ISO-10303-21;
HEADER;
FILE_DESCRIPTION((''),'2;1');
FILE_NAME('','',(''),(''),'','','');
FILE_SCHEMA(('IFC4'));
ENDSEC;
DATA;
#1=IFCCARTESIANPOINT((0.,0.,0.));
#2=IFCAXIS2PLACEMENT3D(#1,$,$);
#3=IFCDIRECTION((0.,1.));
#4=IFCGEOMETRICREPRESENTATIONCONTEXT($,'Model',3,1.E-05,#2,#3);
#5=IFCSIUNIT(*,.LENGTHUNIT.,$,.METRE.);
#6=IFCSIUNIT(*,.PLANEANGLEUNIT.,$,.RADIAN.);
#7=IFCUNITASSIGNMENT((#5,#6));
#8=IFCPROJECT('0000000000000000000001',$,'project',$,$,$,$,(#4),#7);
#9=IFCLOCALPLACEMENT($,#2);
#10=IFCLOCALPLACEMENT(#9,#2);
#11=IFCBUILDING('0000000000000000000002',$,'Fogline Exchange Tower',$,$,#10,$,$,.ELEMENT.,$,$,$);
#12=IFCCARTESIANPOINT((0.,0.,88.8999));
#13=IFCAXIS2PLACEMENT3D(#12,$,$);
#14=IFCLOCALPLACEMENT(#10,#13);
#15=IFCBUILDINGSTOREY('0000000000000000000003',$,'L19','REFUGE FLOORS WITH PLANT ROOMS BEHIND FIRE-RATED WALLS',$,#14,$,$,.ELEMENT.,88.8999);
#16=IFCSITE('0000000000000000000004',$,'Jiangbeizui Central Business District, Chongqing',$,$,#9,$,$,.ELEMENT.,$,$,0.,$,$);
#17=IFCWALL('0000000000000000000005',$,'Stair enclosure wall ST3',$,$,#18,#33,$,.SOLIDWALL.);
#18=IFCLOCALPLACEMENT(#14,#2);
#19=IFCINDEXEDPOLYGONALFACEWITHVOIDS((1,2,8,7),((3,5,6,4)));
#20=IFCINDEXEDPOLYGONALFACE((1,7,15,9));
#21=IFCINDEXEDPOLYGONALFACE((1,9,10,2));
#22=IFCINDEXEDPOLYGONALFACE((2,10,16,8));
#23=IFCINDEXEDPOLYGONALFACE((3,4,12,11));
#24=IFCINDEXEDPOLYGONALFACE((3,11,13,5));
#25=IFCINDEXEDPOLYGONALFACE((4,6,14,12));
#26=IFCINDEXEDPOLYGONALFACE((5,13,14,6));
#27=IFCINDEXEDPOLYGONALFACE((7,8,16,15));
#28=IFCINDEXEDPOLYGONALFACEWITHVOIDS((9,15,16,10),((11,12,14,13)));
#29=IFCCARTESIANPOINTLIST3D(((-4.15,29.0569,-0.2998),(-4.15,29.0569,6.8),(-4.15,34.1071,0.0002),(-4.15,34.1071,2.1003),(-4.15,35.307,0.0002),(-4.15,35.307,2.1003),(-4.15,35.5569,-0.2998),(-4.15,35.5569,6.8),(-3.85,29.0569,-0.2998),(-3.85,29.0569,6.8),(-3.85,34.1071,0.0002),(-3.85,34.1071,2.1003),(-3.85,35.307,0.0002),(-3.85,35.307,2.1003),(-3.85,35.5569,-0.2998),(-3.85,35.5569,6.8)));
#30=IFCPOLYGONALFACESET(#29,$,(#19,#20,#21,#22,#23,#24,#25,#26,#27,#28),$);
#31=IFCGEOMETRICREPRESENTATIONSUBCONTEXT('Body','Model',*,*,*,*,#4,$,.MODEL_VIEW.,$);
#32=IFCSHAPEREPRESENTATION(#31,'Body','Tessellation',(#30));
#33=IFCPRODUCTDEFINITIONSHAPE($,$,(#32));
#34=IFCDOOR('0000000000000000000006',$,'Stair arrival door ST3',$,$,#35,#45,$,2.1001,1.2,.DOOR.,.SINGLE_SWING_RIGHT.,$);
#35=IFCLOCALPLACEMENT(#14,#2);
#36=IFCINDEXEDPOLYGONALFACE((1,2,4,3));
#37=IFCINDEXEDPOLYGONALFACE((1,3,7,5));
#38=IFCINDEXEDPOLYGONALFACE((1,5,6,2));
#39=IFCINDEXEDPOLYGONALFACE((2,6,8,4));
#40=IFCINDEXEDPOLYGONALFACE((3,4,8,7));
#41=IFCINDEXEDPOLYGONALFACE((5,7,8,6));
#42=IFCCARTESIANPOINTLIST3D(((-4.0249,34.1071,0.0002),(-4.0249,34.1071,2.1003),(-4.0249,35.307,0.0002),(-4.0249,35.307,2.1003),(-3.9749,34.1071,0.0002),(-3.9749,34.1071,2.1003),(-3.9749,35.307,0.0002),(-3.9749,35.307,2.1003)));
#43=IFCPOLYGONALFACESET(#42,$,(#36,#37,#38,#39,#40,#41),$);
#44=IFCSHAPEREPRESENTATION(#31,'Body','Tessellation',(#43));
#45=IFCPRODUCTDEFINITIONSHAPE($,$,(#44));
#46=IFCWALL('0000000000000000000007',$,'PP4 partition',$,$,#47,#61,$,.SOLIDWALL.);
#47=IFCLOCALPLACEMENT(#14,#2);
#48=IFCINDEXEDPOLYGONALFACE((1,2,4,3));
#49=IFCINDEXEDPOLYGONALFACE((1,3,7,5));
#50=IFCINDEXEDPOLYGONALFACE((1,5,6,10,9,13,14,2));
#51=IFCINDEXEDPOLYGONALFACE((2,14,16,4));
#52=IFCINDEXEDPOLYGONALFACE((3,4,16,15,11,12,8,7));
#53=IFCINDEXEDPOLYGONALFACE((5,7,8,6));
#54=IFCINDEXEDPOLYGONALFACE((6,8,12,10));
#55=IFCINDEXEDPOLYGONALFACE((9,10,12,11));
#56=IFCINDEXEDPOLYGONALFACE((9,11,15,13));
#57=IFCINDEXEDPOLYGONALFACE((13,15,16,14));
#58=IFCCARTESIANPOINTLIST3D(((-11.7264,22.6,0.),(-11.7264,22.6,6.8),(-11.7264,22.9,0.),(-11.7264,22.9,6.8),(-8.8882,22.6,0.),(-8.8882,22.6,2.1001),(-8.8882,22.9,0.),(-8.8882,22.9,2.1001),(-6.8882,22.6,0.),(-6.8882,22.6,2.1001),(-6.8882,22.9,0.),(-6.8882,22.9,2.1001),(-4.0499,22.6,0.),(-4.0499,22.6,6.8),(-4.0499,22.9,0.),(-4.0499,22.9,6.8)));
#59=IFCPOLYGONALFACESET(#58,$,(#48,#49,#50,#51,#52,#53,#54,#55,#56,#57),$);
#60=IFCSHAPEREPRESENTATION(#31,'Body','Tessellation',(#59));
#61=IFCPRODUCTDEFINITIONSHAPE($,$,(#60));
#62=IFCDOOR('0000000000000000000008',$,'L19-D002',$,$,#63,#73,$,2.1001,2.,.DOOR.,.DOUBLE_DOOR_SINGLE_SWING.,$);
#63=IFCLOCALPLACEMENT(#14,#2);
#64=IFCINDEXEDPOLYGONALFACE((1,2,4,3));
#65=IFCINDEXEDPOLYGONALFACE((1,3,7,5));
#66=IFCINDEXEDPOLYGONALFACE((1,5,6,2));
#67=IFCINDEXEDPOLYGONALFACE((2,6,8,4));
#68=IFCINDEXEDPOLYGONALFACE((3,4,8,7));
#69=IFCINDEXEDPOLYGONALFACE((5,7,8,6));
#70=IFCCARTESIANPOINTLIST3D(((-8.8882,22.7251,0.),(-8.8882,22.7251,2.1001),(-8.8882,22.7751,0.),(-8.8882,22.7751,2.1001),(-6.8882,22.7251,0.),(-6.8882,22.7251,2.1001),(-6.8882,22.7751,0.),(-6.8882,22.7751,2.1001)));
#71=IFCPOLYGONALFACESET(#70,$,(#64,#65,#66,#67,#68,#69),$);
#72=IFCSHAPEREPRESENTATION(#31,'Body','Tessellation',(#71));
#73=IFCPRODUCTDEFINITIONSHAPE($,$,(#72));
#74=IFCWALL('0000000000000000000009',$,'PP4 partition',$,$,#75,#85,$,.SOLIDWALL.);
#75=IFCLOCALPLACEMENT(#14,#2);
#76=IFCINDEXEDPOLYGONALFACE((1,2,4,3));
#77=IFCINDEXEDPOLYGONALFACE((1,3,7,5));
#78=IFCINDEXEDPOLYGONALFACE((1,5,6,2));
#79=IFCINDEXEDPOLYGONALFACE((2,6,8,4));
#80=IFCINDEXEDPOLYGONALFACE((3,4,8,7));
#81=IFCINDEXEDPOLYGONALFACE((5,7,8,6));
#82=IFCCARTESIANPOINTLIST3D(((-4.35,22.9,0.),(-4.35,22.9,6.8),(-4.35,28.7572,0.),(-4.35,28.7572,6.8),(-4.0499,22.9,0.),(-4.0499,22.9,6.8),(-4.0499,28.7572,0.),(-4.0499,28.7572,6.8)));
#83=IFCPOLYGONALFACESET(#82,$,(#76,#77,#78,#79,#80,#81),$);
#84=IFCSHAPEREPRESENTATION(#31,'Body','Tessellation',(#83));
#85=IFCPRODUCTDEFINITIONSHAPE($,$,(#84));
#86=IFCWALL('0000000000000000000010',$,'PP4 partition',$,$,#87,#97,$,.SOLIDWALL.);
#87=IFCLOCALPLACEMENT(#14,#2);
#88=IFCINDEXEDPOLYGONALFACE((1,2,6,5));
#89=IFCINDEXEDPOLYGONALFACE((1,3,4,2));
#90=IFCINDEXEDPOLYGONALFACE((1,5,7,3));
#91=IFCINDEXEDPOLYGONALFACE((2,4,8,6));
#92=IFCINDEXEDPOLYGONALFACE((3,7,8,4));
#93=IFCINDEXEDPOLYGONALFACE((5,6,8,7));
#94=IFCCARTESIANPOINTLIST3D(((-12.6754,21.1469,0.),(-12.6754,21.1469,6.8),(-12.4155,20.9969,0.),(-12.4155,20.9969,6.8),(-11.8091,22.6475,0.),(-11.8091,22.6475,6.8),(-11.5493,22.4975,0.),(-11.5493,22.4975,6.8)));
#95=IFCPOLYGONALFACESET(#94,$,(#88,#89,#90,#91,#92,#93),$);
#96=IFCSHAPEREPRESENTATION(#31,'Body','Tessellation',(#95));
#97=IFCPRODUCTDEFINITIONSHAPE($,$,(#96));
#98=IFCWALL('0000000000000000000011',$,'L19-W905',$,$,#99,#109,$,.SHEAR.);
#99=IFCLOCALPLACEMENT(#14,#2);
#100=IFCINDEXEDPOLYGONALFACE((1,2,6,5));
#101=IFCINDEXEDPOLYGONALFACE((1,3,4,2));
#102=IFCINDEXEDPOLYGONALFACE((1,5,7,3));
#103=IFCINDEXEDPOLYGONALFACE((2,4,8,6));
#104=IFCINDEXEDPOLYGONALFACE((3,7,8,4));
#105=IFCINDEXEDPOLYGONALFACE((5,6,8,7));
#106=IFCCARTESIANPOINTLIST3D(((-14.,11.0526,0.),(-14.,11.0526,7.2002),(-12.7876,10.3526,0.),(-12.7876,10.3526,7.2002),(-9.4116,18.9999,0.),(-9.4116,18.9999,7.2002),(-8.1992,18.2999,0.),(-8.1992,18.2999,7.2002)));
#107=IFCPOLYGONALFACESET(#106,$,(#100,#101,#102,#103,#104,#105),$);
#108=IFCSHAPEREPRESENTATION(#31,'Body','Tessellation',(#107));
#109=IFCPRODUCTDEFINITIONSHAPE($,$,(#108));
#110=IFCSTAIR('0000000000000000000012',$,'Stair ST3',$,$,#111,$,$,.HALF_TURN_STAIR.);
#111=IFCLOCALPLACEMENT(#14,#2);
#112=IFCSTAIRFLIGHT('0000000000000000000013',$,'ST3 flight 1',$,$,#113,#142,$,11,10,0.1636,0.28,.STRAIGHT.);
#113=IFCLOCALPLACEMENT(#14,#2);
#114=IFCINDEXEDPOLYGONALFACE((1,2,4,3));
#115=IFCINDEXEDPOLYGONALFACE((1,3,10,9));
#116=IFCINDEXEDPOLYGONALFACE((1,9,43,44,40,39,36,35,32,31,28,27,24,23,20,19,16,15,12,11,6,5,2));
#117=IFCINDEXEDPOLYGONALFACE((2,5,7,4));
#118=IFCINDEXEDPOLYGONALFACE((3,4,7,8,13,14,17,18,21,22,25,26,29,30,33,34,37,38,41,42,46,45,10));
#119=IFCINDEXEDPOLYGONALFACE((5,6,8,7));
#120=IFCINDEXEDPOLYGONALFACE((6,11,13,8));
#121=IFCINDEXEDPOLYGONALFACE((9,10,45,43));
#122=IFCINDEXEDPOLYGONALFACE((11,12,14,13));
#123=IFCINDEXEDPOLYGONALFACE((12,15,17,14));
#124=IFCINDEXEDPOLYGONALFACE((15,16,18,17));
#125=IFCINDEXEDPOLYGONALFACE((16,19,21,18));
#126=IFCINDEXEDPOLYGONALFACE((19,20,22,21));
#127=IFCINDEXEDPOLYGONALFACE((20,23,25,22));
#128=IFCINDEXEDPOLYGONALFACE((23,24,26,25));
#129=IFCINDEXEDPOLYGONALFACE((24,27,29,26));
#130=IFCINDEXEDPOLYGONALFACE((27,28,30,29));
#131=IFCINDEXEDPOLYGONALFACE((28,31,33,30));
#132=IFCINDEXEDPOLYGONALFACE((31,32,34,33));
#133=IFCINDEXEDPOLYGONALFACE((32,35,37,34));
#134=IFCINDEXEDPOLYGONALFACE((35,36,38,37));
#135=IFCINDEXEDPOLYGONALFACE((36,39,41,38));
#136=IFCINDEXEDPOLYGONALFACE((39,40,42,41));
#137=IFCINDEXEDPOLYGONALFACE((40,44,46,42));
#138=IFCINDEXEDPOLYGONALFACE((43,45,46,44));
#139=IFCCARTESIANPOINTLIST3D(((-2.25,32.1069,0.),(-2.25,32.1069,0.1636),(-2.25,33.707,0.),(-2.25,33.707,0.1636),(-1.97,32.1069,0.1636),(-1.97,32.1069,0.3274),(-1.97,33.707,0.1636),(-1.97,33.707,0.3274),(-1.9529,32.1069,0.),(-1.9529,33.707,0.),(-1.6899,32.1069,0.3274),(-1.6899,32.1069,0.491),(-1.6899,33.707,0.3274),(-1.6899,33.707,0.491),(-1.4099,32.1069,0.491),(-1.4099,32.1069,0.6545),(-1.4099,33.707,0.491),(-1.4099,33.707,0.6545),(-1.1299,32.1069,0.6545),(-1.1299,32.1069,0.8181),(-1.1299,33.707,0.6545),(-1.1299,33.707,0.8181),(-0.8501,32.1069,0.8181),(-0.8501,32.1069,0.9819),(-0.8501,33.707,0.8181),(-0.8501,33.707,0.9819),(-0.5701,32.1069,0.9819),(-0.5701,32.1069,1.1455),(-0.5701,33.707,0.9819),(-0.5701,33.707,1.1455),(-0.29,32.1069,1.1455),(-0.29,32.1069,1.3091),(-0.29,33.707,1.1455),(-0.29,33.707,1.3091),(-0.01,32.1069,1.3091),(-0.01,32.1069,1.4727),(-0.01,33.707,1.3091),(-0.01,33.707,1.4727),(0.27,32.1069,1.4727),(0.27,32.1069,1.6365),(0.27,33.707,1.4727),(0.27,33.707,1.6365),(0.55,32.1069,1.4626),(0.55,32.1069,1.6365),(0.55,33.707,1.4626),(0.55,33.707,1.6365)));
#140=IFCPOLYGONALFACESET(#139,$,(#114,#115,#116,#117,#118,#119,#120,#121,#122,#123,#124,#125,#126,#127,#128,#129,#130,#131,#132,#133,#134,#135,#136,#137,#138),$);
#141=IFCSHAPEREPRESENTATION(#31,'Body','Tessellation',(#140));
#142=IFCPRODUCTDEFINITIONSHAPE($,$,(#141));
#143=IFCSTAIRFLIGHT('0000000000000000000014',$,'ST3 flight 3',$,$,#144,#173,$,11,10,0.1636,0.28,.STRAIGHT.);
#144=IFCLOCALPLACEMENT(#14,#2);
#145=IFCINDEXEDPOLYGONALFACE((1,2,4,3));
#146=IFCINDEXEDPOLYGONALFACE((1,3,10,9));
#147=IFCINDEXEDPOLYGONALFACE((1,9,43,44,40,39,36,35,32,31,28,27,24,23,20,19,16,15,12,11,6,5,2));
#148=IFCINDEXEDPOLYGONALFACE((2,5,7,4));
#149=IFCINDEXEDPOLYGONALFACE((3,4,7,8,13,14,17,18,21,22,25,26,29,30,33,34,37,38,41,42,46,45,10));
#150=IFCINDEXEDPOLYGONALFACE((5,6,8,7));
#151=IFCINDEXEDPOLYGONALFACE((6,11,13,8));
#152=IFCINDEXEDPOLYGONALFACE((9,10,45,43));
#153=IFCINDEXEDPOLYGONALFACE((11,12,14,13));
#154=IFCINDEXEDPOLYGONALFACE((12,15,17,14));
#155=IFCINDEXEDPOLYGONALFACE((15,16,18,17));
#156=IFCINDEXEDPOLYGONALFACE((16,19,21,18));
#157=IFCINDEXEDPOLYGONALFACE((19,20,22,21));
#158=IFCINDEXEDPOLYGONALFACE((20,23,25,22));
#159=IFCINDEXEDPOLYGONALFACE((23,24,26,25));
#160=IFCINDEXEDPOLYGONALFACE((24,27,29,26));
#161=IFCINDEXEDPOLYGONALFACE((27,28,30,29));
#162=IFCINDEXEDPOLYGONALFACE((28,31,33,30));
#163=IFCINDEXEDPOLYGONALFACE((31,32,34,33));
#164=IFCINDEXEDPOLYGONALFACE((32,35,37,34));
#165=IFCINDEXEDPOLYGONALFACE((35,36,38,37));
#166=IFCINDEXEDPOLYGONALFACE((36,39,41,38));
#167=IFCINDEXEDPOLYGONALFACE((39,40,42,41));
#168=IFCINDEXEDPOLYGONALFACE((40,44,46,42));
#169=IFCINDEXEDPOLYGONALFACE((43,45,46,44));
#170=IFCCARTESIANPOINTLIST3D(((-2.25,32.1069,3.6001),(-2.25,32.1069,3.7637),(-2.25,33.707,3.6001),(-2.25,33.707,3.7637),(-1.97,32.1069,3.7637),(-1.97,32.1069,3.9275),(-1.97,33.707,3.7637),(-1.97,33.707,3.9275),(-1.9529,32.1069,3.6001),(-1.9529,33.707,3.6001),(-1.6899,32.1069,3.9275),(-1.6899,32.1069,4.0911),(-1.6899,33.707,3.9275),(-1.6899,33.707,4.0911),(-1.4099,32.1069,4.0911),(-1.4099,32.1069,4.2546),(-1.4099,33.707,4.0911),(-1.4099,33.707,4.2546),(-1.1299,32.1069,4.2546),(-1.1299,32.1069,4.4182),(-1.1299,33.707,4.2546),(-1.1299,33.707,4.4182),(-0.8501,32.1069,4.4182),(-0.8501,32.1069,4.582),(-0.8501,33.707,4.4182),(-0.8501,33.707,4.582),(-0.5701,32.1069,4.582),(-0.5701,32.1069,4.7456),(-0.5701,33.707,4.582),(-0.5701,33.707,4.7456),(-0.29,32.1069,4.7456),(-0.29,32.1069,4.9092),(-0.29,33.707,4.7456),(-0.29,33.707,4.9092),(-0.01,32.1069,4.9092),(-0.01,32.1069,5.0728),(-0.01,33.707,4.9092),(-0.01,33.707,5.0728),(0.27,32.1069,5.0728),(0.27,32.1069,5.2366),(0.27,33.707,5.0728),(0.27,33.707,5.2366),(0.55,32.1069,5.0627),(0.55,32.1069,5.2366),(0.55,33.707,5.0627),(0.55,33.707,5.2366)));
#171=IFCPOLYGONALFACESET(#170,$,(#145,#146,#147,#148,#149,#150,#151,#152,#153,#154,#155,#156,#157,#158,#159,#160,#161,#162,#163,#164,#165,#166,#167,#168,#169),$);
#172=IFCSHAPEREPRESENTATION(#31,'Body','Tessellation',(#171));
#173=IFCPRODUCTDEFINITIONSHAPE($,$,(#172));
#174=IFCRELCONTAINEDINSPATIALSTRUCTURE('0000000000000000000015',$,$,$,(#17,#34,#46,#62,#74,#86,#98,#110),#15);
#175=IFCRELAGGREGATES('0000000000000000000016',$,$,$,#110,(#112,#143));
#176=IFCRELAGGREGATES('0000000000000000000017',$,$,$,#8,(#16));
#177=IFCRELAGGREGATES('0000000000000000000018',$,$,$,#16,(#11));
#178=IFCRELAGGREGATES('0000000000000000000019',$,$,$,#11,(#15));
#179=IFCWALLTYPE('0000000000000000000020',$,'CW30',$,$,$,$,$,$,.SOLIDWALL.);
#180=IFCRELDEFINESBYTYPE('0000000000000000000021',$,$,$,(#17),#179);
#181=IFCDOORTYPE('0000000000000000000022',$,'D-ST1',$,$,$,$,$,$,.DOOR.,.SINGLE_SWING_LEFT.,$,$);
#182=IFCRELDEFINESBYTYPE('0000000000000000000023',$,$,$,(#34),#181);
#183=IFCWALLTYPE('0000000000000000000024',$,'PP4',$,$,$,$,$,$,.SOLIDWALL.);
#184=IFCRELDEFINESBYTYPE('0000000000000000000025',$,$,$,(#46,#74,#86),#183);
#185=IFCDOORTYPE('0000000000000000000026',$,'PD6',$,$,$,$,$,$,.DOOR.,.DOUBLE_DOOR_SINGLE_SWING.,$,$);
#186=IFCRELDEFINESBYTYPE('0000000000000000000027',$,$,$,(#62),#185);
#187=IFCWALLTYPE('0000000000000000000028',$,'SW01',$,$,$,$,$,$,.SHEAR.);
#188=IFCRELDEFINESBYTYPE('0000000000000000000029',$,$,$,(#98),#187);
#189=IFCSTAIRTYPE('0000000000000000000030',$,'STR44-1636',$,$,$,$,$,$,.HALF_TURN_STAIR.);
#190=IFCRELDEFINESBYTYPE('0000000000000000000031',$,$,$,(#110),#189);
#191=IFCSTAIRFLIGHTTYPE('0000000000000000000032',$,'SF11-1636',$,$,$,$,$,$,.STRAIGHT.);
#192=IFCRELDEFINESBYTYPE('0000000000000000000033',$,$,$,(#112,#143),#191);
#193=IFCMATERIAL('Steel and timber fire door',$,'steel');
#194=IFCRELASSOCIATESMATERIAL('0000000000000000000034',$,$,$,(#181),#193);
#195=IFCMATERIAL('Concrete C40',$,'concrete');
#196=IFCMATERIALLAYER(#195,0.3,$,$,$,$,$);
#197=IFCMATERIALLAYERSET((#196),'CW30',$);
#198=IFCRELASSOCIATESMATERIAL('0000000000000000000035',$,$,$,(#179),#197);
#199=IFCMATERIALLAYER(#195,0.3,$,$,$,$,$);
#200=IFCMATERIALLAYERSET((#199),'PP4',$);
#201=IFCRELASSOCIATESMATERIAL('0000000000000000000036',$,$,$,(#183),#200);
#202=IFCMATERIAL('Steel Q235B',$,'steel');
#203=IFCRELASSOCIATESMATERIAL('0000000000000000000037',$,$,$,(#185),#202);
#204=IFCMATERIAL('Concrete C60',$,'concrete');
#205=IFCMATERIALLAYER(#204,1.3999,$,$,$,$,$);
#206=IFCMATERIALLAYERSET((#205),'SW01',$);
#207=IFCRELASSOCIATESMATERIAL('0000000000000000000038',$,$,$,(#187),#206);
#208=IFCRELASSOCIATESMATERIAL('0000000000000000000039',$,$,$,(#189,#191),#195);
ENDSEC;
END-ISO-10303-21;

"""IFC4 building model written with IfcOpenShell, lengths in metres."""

from ifc_helpers import new_model, si_unit, direction, frame, frame_2d, origin, place, context, subcontext, project, spatial, polyline, rectangle, outline, extrude, material, layer, layer_set, type_object, element, fill, aggregate, save


model = new_model("IFC4")

# Units and contexts
model_context = context("Model", 3, precision=1e-05, world=origin(), true_north=direction((0.0, 1.0)))
body_context = subcontext(model_context, "Body", "Model", "MODEL_VIEW")
ifc_project = project(units=[si_unit("LENGTHUNIT", "METRE"), si_unit("PLANEANGLEUNIT", "RADIAN")], contexts=[model_context])

# Site, building, storey
site_placement = place(None, origin())
site = spatial("IfcSite", under=ifc_project, at=site_placement, Name="Jiangbeizui Central Business District, Chongqing", CompositionType="ELEMENT", RefElevation=0.0)
building_placement = place(site_placement, origin())
building = spatial("IfcBuilding", under=site, at=building_placement, Name="Fogline Exchange Tower", CompositionType="ELEMENT")
storey_placement = place(building_placement, frame((0.0, 0.0, 88.8999)))
storey = spatial("IfcBuildingStorey", under=building, at=storey_placement, Name="L19", Description="REFUGE FLOORS WITH PLANT ROOMS BEHIND FIRE-RATED WALLS", CompositionType="ELEMENT", Elevation=88.8999)

# Shared definitions
ifc_material_1 = material(Name="Concrete C40", Category="concrete")

# Shared definitions
ifc_material_2 = material(Name="Steel and timber fire door", Category="steel")
door_type_1 = type_object("IfcDoorType", Name="D-ST1", OperationType="SINGLE_SWING_LEFT", PredefinedType="DOOR", material=ifc_material_2)

# Walls, openings, doors
ifc_layer_1 = layer(ifc_material_1, 0.3)
ifc_layer_set_1 = layer_set([ifc_layer_1], Name="CW30")
wall_type_1 = type_object("IfcWallType", Name="CW30", PredefinedType="SOLIDWALL", material=ifc_layer_set_1)
wall_1_placement = place(storey_placement, frame((-4.0, 29.0569, -0.2998), z_axis=(0.0, 0.0, 1.0), x_axis=(0.0, 1.0, 0.0)))
wall_1 = element("IfcWall", 1, at=wall_1_placement, inside=storey, type_object=wall_type_1, Name="Stair enclosure wall ST3", PredefinedType="SOLIDWALL", context=body_context, shape_type="SweptSolid", body=[
    extrude(rectangle(XDim=6.5, YDim=0.3, at=frame_2d((3.25, 0.0))), origin(), (0.0, 0.0, 1.0), 7.0999),
])
opening_1_placement = place(wall_1_placement, frame((5.05, 0.0, 0.3)))
opening_1 = element("IfcOpeningElement", 2, at=opening_1_placement, cuts=wall_1, PredefinedType="OPENING", context=body_context, shape_type="SweptSolid", body=[
    extrude(rectangle(XDim=1.2, YDim=2.1001, at=frame_2d((0.6001, 1.05))), frame((0.0, 0.1602, 0.0), z_axis=(0.0, -1.0, 0.0), x_axis=(1.0, 0.0, 0.0)), (0.0, 0.0, 1.0), 0.3201),
])
door_1_placement = place(opening_1_placement, origin())
door_1 = element("IfcDoor", 3, at=door_1_placement, inside=storey, type_object=door_type_1, Name="Stair arrival door ST3", OperationType="SINGLE_SWING_RIGHT", OverallHeight=2.1001, OverallWidth=1.2, PredefinedType="DOOR", context=body_context, shape_type="SweptSolid", body=[
    extrude(rectangle(XDim=1.2, YDim=2.1001, at=frame_2d((0.6001, 1.05))), frame((0.0, 0.0249, 0.0), z_axis=(0.0, -1.0, 0.0), x_axis=(1.0, 0.0, 0.0)), (0.0, 0.0, 1.0), 0.05),
])
fill(opening_1, door_1)
ifc_layer_2 = layer(ifc_material_1, 0.3)
ifc_layer_set_2 = layer_set([ifc_layer_2], Name="PP4")
wall_type_2 = type_object("IfcWallType", Name="PP4", PredefinedType="SOLIDWALL", material=ifc_layer_set_2)
wall_2_placement = place(storey_placement, frame((-11.7266, 22.75, 0.0), z_axis=(0.0, 0.0, 1.0), x_axis=(1.0, 0.0, 0.0)))
wall_2 = element("IfcWall", 4, at=wall_2_placement, inside=storey, type_object=wall_type_2, Name="PP4 partition", PredefinedType="SOLIDWALL", context=body_context, shape_type="SweptSolid", body=[
    extrude(rectangle(XDim=7.6765, YDim=0.3, at=frame_2d((3.8384, 0.0))), origin(), (0.0, 0.0, 1.0), 6.8),
])
opening_2_placement = place(wall_2_placement, frame((2.8384, 0.0, 0.0)))
opening_2 = element("IfcOpeningElement", 5, at=opening_2_placement, cuts=wall_2, PredefinedType="OPENING", context=body_context, shape_type="SweptSolid", body=[
    extrude(rectangle(XDim=2.0, YDim=2.1001, at=frame_2d((1.0, 1.05))), frame((0.0, 0.1602, 0.0), z_axis=(0.0, -1.0, 0.0), x_axis=(1.0, 0.0, 0.0)), (0.0, 0.0, 1.0), 0.3201),
])
ifc_material_3 = material(Name="Steel Q235B", Category="steel")
door_type_2 = type_object("IfcDoorType", Name="PD6", OperationType="DOUBLE_DOOR_SINGLE_SWING", PredefinedType="DOOR", material=ifc_material_3)
door_2_placement = place(opening_2_placement, frame((2.0, 0.0, 0.0), z_axis=(0.0, 0.0, 1.0), x_axis=(-1.0, 0.0, 0.0)))
door_2 = element("IfcDoor", 6, at=door_2_placement, inside=storey, type_object=door_type_2, Name="L19-D002", OperationType="DOUBLE_DOOR_SINGLE_SWING", OverallHeight=2.1001, OverallWidth=2.0, PredefinedType="DOOR", context=body_context, shape_type="SweptSolid", body=[
    extrude(rectangle(XDim=2.0, YDim=2.1001, at=frame_2d((1.0, 1.05))), frame((0.0, 0.0249, 0.0), z_axis=(0.0, -1.0, 0.0), x_axis=(1.0, 0.0, 0.0)), (0.0, 0.0, 1.0), 0.05),
])
fill(opening_2, door_2)

# Walls
wall_3_placement = place(storey_placement, frame((-4.2, 22.8999, 0.0), z_axis=(0.0, 0.0, 1.0), x_axis=(0.0, 1.0, 0.0)))
element("IfcWall", 7, at=wall_3_placement, inside=storey, type_object=wall_type_2, Name="PP4 partition", PredefinedType="SOLIDWALL", context=body_context, shape_type="SweptSolid", body=[
    extrude(rectangle(XDim=5.8572, YDim=0.3, at=frame_2d((2.9287, 0.0))), origin(), (0.0, 0.0, 1.0), 6.8),
])
wall_4_placement = place(storey_placement, frame((-12.5454, 21.072, 0.0), z_axis=(0.0, 0.0, 1.0), x_axis=(0.499958, 0.866049, 0.0)))
element("IfcWall", 8, at=wall_4_placement, inside=storey, type_object=wall_type_2, Name="PP4 partition", PredefinedType="SOLIDWALL", context=body_context, shape_type="SweptSolid", body=[
    extrude(rectangle(XDim=1.7327, YDim=0.3, at=frame_2d((0.8662, 0.0))), origin(), (0.0, 0.0, 1.0), 6.8),
])
ifc_material_4 = material(Name="Concrete C60", Category="concrete")
ifc_layer_3 = layer(ifc_material_4, 1.3999)
ifc_layer_set_3 = layer_set([ifc_layer_3], Name="SW01")
wall_type_3 = type_object("IfcWallType", Name="SW01", PredefinedType="SHEAR", material=ifc_layer_set_3)
wall_5_placement = place(storey_placement, frame((-8.8054, 18.6499, 0.0), z_axis=(0.0, 0.0, 1.0), x_axis=(-0.500002, -0.866024, 0.0)))
element("IfcWall", 9, at=wall_5_placement, inside=storey, type_object=wall_type_3, Name="L19-W905", PredefinedType="SHEAR", context=body_context, shape_type="SweptSolid", body=[
    extrude(rectangle(XDim=9.1768, YDim=1.3999, at=frame_2d((4.5884, 0.0))), origin(), (0.0, 0.0, 1.0), 7.2002),
])

# Stair, stair flights
stair_type = type_object("IfcStairType", Name="STR44-1636", PredefinedType="HALF_TURN_STAIR", material=ifc_material_1)
stair_placement = place(storey_placement, origin())
stair = element("IfcStair", 10, at=stair_placement, inside=storey, type_object=stair_type, Name="Stair ST3", PredefinedType="HALF_TURN_STAIR")
stair_flight_type = type_object("IfcStairFlightType", Name="SF11-1636", PredefinedType="STRAIGHT", material=ifc_material_1)
stair_flight_1_placement = place(storey_placement, frame((-2.25, 32.907, 0.0), z_axis=(0.0, 0.0, 1.0), x_axis=(1.0, 0.0, 0.0)))
stair_flight_1 = element("IfcStairFlight", 11, at=stair_flight_1_placement, type_object=stair_flight_type, Name="ST3 flight 1", NumberOfRisers=11, NumberOfTreads=10, PredefinedType="STRAIGHT", RiserHeight=0.1636, TreadLength=0.28, context=body_context, shape_type="SweptSolid", body=[
    extrude(outline(polyline([(0.0, 0.0), (0.0, 0.1636), (0.28, 0.1636), (0.28, 0.3274), (0.5601, 0.3274), (0.5601, 0.491), (0.8401, 0.491), (0.8401, 0.6545), (1.1201, 0.6545), (1.1201, 0.8181), (1.3999, 0.8181), (1.3999, 0.9819), (1.6799, 0.9819), (1.6799, 1.1455), (1.96, 1.1455), (1.96, 1.3091), (2.24, 1.3091), (2.24, 1.4727), (2.52, 1.4727), (2.52, 1.6365), (2.8, 1.6365), (2.8, 1.8), (2.8, 1.4626), (0.2971, 0.0), (0.0, 0.0)])), frame((0.0, 0.8, 0.0), z_axis=(0.0, -1.0, 0.0), x_axis=(1.0, 0.0, 0.0)), (0.0, 0.0, 1.0), 1.6001),
])
stair_flight_2_placement = place(storey_placement, frame((-2.25, 32.907, 3.6001), z_axis=(0.0, 0.0, 1.0), x_axis=(1.0, 0.0, 0.0)))
stair_flight_2 = element("IfcStairFlight", 12, at=stair_flight_2_placement, type_object=stair_flight_type, Name="ST3 flight 3", NumberOfRisers=11, NumberOfTreads=10, PredefinedType="STRAIGHT", RiserHeight=0.1636, TreadLength=0.28, context=body_context, shape_type="SweptSolid", body=[
    extrude(outline(polyline([(0.0, 0.0), (0.0, 0.1636), (0.28, 0.1636), (0.28, 0.3274), (0.5601, 0.3274), (0.5601, 0.491), (0.8401, 0.491), (0.8401, 0.6545), (1.1201, 0.6545), (1.1201, 0.8181), (1.3999, 0.8181), (1.3999, 0.9819), (1.6799, 0.9819), (1.6799, 1.1455), (1.96, 1.1455), (1.96, 1.3091), (2.24, 1.3091), (2.24, 1.4727), (2.52, 1.4727), (2.52, 1.6365), (2.8, 1.6365), (2.8, 1.8), (2.8, 1.4626), (0.2971, 0.0), (0.0, 0.0)])), frame((0.0, 0.8, 0.0), z_axis=(0.0, -1.0, 0.0), x_axis=(1.0, 0.0, 0.0)), (0.0, 0.0, 1.0), 1.6001),
])
aggregate(stair, [stair_flight_1, stair_flight_2])

save(model, "model.ifc")
